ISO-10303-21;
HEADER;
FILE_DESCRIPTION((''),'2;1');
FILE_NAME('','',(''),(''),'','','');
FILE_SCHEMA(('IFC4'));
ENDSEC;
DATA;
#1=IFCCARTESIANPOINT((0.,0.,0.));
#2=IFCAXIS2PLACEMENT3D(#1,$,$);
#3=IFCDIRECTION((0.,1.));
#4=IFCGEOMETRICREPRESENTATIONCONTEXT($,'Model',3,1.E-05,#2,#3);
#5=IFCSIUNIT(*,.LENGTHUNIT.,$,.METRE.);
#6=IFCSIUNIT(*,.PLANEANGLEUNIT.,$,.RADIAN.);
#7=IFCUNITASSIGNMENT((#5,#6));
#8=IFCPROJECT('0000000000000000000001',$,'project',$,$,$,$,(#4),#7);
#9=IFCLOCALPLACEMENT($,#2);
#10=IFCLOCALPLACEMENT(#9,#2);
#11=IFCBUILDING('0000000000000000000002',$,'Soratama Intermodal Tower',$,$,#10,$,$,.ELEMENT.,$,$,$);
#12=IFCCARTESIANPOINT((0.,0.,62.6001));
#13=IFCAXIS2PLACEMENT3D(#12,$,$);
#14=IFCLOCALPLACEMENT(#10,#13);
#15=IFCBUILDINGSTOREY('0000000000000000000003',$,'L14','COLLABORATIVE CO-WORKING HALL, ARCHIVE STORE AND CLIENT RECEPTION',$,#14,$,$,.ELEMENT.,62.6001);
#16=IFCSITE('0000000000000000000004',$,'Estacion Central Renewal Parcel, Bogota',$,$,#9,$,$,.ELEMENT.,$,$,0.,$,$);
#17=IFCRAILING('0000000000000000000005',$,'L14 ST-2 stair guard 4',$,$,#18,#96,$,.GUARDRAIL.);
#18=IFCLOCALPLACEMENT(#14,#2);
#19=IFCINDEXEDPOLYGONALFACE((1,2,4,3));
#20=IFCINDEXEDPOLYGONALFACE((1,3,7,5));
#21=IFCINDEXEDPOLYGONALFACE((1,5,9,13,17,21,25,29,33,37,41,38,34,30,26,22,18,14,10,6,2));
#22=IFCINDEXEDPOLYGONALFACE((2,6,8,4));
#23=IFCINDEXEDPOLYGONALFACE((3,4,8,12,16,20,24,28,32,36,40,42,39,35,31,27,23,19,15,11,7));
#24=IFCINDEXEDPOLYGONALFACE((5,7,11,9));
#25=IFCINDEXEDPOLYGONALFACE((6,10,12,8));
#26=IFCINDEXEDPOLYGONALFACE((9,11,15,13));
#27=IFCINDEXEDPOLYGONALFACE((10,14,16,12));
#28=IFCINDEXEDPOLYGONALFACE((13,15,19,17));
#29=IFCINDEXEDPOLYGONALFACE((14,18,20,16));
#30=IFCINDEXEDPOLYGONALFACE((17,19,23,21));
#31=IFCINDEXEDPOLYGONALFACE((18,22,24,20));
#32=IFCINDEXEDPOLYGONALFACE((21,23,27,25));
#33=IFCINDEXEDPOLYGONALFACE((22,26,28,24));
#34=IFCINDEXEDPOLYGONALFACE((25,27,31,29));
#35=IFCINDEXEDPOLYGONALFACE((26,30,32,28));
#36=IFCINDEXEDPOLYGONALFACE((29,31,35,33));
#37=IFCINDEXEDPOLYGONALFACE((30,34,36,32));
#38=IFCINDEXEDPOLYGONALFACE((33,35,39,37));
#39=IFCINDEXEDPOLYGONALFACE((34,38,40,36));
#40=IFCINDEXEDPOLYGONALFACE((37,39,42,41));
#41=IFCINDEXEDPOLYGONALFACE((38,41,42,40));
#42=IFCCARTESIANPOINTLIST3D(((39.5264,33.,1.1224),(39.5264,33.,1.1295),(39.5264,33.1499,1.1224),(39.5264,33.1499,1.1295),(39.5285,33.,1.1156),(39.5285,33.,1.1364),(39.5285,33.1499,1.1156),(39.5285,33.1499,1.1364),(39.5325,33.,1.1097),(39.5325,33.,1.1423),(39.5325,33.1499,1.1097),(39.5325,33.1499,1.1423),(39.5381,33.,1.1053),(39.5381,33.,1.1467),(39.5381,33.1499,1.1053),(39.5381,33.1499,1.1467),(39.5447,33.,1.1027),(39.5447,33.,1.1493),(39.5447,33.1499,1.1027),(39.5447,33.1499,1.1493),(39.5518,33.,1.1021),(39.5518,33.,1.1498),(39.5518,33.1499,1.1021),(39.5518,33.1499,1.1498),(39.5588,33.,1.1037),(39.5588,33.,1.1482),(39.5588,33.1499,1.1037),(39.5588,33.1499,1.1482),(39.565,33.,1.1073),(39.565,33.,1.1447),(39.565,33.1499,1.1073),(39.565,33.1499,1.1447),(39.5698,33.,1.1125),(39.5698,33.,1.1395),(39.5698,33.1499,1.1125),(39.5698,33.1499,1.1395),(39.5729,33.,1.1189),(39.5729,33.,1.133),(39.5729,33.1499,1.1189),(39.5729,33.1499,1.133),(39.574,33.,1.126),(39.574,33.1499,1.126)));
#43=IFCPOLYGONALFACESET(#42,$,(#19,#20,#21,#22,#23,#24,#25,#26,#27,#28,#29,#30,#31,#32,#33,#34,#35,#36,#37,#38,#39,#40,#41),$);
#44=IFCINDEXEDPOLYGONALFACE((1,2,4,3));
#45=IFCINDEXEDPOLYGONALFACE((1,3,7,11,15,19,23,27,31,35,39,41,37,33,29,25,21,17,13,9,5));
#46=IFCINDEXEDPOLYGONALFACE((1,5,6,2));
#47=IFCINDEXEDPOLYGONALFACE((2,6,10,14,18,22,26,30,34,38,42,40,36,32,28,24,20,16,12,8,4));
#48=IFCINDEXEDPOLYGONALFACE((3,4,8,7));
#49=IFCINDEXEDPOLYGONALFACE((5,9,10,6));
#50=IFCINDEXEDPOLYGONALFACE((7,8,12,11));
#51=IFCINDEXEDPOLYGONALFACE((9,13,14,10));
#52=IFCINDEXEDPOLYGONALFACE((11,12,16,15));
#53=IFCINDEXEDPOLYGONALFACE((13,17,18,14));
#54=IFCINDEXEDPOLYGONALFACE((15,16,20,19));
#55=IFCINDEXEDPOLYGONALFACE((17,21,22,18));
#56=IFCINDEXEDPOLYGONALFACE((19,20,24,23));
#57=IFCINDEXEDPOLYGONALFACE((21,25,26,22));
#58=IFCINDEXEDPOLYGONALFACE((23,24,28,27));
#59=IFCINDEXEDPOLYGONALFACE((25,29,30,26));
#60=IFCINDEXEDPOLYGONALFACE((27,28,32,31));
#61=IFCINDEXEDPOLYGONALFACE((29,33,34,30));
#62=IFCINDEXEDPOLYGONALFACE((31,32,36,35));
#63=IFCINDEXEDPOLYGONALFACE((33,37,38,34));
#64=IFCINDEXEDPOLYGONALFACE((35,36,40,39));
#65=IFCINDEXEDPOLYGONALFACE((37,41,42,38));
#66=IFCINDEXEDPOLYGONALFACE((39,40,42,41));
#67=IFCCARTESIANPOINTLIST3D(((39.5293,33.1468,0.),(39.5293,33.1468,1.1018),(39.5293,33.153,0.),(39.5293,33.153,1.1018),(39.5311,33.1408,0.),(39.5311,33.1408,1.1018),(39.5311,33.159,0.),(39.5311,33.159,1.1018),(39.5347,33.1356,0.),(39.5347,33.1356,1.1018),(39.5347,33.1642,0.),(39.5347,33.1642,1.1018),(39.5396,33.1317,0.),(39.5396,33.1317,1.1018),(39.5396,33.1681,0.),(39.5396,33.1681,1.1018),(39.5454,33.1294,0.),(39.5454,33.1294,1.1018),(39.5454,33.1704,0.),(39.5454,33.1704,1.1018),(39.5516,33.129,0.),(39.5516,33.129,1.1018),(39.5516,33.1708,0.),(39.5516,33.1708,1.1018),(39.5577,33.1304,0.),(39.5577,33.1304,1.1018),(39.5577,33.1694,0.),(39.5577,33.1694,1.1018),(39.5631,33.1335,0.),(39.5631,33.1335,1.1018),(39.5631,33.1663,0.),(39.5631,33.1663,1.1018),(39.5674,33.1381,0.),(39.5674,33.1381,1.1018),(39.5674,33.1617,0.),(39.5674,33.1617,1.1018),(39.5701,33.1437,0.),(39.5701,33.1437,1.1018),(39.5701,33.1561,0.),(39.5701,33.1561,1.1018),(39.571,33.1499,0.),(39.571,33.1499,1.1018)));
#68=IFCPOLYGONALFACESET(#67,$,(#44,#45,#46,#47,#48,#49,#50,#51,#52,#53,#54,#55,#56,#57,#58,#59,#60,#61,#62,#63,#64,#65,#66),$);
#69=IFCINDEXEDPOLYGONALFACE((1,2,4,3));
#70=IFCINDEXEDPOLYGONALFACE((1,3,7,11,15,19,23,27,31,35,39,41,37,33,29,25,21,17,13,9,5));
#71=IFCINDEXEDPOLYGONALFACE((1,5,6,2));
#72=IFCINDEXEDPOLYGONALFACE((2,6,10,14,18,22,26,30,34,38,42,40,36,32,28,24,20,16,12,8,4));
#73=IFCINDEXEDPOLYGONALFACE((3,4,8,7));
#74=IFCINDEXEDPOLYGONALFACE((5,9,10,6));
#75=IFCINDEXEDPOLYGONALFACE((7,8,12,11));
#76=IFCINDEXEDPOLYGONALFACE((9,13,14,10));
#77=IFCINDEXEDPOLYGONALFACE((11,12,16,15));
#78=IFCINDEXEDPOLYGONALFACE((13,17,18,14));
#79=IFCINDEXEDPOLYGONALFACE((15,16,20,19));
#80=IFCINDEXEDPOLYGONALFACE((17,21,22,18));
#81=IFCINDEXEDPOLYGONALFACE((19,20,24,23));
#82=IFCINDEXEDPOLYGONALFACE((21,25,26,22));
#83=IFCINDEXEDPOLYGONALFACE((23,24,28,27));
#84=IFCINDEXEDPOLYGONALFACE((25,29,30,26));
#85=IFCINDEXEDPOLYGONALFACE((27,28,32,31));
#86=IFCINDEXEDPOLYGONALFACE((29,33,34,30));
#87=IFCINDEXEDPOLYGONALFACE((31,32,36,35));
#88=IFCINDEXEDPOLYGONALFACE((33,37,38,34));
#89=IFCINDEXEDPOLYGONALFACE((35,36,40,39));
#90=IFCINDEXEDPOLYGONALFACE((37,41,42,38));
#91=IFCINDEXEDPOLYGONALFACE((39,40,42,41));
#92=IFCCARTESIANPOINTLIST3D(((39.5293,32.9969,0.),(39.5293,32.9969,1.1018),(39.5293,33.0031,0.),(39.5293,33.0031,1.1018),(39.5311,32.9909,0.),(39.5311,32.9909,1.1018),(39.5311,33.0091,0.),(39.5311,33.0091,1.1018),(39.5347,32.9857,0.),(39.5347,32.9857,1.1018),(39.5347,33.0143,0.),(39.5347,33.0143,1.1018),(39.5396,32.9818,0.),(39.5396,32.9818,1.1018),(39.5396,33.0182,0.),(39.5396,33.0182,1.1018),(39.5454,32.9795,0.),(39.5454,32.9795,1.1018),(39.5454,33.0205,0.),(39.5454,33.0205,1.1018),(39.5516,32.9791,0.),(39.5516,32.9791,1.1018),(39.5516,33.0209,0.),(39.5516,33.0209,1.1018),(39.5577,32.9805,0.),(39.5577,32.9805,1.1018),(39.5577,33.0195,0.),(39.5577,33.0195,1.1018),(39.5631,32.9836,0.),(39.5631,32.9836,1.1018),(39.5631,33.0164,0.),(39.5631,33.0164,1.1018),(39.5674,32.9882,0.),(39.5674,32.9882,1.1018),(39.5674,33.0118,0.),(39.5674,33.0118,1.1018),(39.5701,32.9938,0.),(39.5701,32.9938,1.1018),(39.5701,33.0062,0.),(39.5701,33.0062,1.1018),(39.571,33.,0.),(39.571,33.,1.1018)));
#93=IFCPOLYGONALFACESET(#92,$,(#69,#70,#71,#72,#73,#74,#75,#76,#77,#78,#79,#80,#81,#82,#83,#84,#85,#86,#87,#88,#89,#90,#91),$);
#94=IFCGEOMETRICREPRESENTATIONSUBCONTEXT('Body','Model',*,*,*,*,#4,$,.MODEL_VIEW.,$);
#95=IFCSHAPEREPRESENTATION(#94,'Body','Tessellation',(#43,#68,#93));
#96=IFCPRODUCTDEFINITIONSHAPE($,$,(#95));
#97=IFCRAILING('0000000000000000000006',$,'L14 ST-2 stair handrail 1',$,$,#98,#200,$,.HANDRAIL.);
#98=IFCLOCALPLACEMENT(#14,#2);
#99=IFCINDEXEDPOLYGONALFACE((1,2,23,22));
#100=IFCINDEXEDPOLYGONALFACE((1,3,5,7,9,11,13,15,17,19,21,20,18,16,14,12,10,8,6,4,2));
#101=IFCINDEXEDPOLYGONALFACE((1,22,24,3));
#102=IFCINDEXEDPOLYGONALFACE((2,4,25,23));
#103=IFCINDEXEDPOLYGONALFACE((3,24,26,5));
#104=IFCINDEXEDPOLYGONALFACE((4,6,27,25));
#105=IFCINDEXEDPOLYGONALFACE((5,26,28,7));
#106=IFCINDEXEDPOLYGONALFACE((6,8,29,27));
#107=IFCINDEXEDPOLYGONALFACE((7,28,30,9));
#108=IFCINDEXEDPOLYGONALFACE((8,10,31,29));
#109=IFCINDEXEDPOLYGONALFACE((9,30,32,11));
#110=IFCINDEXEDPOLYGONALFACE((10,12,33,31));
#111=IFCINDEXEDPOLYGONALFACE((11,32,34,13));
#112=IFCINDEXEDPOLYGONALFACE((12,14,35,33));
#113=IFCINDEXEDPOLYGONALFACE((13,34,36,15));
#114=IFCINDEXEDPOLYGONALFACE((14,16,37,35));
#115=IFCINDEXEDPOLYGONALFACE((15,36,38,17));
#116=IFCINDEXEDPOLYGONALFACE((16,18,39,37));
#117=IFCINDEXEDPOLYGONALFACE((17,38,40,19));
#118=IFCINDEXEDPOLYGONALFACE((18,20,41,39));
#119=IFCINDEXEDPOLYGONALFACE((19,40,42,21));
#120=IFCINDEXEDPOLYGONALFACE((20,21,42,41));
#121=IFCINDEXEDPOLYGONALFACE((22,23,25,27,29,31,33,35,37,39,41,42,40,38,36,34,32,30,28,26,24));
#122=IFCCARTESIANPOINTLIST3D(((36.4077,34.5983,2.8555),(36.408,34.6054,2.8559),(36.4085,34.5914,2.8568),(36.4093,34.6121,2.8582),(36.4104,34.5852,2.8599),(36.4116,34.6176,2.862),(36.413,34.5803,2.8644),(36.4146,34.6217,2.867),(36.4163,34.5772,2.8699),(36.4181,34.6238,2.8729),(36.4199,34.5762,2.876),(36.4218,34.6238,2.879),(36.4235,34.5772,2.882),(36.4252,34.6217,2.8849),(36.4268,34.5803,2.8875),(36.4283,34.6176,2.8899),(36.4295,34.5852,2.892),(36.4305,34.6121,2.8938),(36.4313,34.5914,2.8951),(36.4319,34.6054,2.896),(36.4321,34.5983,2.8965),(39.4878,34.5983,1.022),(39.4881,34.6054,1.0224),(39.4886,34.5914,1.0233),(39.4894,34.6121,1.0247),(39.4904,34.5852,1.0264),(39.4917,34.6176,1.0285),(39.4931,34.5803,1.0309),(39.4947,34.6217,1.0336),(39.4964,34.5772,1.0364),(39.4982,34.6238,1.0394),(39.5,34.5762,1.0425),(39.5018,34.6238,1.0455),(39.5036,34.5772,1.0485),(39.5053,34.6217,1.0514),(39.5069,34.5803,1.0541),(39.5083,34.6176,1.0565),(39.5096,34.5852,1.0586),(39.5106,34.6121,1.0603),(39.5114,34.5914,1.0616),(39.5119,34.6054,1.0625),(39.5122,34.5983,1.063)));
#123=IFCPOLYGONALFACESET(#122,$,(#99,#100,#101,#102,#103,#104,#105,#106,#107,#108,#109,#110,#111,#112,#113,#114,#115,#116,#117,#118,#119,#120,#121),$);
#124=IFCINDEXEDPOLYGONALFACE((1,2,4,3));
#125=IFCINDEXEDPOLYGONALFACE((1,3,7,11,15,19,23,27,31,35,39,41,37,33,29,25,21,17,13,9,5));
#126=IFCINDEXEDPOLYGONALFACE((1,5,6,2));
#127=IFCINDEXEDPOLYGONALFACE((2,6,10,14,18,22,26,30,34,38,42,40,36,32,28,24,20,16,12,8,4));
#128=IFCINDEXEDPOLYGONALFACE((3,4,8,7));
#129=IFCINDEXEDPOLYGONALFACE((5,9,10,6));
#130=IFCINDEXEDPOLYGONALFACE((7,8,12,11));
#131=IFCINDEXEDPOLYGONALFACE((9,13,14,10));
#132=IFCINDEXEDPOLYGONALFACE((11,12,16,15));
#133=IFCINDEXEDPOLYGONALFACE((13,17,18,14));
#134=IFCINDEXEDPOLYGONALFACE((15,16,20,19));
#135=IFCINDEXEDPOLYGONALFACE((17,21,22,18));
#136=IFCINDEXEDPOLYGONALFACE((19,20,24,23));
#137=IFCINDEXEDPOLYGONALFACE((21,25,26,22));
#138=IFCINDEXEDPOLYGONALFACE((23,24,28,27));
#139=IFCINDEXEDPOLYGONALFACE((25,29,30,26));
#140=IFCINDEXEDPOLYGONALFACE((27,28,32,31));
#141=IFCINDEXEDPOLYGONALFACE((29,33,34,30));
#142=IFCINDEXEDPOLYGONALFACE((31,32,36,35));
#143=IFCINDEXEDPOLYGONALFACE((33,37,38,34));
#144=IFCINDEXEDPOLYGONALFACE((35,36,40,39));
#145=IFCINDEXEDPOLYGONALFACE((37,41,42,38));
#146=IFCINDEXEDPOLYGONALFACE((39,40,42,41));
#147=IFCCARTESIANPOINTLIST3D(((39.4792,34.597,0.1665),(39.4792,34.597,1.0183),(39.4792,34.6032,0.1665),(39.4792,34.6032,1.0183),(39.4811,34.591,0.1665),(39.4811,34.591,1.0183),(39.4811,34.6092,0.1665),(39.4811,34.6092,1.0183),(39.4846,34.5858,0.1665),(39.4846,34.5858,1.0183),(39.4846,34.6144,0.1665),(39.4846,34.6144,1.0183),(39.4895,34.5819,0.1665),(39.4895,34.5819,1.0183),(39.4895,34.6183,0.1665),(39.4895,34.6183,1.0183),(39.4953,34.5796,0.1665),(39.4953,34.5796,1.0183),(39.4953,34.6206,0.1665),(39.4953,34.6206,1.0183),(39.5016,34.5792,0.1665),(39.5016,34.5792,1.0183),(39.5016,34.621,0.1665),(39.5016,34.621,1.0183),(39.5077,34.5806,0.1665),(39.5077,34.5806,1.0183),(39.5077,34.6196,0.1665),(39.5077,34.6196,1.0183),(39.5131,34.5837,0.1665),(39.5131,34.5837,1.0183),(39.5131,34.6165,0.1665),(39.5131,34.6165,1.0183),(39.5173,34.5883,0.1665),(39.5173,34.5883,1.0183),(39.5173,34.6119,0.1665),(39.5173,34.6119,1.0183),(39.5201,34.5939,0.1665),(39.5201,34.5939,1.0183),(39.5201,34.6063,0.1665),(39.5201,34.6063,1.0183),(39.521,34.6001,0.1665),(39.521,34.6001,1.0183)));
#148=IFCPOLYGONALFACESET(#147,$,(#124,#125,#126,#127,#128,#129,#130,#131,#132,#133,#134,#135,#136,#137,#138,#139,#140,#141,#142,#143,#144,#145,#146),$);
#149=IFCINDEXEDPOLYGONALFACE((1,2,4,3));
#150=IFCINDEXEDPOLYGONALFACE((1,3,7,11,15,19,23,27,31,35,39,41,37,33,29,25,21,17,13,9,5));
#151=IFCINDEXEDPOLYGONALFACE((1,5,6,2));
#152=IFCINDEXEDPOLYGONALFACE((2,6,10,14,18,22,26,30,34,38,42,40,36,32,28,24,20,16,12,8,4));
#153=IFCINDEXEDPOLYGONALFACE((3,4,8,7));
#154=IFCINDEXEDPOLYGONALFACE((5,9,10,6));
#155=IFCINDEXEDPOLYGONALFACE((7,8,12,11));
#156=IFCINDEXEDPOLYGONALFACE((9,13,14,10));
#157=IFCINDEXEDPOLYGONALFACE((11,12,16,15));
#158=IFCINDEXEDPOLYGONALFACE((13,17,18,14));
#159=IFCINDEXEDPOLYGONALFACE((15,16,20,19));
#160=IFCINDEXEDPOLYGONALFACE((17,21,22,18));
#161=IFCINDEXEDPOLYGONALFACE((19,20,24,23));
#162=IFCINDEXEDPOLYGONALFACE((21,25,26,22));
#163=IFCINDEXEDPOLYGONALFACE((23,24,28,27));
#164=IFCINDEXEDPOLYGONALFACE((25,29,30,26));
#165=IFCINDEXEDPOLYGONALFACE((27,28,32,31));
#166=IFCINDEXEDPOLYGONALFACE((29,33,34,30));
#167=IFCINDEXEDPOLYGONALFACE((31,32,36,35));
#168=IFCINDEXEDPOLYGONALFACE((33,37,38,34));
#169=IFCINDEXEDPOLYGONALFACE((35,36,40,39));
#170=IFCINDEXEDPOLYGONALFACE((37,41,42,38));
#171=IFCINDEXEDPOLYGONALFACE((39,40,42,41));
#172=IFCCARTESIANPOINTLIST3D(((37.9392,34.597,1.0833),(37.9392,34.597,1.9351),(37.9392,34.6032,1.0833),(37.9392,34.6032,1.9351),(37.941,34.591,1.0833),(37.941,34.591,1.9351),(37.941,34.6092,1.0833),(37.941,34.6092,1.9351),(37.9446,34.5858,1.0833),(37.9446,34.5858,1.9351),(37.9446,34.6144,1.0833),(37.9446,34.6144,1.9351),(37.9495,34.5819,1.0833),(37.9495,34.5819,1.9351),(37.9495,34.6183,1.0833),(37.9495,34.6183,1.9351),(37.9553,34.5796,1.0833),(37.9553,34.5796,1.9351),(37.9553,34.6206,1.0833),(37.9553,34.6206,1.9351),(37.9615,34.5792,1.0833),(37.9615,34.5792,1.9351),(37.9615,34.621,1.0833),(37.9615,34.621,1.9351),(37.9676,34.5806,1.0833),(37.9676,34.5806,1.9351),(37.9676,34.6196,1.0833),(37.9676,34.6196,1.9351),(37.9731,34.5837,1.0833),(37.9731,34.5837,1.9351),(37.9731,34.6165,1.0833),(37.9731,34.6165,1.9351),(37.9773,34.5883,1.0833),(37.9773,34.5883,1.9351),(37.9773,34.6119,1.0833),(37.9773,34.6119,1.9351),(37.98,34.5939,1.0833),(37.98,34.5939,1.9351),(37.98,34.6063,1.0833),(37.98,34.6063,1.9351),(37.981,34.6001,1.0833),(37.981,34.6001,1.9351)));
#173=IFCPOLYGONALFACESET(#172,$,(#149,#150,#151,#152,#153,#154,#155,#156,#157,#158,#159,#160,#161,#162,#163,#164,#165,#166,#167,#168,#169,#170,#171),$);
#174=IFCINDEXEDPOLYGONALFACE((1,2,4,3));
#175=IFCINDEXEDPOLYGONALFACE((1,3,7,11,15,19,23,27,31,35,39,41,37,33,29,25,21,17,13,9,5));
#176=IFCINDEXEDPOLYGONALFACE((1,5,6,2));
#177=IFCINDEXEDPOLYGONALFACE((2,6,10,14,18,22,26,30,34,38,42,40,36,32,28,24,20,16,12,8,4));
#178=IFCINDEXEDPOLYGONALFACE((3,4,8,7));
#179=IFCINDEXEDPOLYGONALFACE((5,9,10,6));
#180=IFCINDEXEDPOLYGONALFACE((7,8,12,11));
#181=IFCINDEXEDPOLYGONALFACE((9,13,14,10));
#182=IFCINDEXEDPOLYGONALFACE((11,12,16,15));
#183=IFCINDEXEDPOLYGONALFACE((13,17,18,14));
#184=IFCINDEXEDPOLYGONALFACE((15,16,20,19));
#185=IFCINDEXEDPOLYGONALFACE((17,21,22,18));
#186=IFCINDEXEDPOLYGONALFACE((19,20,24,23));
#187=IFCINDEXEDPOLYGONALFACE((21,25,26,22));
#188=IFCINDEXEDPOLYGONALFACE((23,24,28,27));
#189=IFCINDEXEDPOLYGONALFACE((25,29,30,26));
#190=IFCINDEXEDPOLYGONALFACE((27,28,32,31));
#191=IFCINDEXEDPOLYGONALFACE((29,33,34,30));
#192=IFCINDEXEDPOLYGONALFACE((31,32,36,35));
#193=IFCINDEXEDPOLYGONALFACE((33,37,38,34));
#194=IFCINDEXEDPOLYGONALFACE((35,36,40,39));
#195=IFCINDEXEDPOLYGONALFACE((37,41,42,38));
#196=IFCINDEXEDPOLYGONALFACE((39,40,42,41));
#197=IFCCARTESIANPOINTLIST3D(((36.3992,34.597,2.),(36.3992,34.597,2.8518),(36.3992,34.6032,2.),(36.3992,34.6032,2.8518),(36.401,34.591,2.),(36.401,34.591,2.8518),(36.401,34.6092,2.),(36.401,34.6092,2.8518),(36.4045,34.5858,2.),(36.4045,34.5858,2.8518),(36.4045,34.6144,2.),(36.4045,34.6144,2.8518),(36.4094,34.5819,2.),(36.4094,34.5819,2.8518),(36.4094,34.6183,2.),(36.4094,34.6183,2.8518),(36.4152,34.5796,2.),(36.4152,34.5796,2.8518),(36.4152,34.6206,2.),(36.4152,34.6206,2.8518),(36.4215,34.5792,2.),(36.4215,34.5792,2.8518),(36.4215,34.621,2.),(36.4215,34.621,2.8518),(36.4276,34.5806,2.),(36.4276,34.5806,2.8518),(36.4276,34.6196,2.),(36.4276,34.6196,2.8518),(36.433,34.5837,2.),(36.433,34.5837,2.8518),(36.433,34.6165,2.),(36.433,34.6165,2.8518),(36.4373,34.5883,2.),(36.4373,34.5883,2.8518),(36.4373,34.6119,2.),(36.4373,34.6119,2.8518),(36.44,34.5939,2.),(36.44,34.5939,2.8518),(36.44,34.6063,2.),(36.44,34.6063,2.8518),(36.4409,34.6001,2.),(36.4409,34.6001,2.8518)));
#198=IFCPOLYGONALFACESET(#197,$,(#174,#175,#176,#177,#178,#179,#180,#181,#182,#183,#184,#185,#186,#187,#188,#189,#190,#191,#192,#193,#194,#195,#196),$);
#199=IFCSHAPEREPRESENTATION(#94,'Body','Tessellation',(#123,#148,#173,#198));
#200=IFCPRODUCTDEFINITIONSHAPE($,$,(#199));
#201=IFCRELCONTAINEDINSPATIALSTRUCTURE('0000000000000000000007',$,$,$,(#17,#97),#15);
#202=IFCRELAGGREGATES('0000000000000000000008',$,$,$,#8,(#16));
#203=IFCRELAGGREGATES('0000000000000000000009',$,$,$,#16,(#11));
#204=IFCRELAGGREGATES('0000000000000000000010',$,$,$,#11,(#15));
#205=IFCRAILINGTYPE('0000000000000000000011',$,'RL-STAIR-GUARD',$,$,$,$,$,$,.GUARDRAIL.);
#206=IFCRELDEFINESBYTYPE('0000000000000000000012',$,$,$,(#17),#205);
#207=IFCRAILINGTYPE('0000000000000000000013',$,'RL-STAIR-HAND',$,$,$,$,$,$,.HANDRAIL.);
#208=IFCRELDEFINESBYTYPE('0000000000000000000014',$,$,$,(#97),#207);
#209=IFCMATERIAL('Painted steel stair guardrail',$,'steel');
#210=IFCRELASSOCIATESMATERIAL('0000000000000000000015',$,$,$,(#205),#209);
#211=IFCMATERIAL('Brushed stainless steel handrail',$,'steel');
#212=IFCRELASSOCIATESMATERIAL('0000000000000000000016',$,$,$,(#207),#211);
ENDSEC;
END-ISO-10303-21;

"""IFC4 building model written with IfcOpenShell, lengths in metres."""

from ifc_helpers import new_model, si_unit, direction, frame, origin, origin_2d, place, context, subcontext, project, spatial, circle, extrude, material, type_object, element, save


model = new_model("IFC4")

# Units and contexts
model_context = context("Model", 3, precision=1e-05, world=origin(), true_north=direction((0.0, 1.0)))
body_context = subcontext(model_context, "Body", "Model", "MODEL_VIEW")
ifc_project = project(units=[si_unit("LENGTHUNIT", "METRE"), si_unit("PLANEANGLEUNIT", "RADIAN")], contexts=[model_context])

# Site, building, storey
site_placement = place(None, origin())
site = spatial("IfcSite", under=ifc_project, at=site_placement, Name="Estacion Central Renewal Parcel, Bogota", CompositionType="ELEMENT", RefElevation=0.0)
building_placement = place(site_placement, origin())
building = spatial("IfcBuilding", under=site, at=building_placement, Name="Soratama Intermodal Tower", CompositionType="ELEMENT")
storey_placement = place(building_placement, frame((0.0, 0.0, 62.6001)))
storey = spatial("IfcBuildingStorey", under=building, at=storey_placement, Name="L14", Description="COLLABORATIVE CO-WORKING HALL, ARCHIVE STORE AND CLIENT RECEPTION", CompositionType="ELEMENT", Elevation=62.6001)

# Railings
ifc_material_1 = material(Name="Painted steel stair guardrail", Category="steel")
railing_type_1 = type_object("IfcRailingType", Name="RL-STAIR-GUARD", PredefinedType="GUARDRAIL", material=ifc_material_1)
railing_1_placement = place(storey_placement, frame((39.55, 33.1499, 0.0)))
element("IfcRailing", 1, at=railing_1_placement, inside=storey, type_object=railing_type_1, Name="L14 ST-2 stair guard 4", PredefinedType="GUARDRAIL", context=body_context, shape_type="SweptSolid", body=[
    extrude(circle(Radius=0.0239, at=origin_2d()), frame((0.0, 0.0, 1.126), z_axis=(0.0, -1.0, 0.0), x_axis=(1.0, 0.0, 0.0)), (0.0, 0.0, 1.0), 0.1499),
    extrude(circle(Radius=0.021, at=origin_2d()), origin(), (0.0, 0.0, 1.0), 1.1018),
    extrude(circle(Radius=0.021, at=origin_2d()), frame((0.0, -0.1499, 0.0)), (0.0, 0.0, 1.0), 1.1018),
])
ifc_material_2 = material(Name="Brushed stainless steel handrail", Category="steel")
railing_type_2 = type_object("IfcRailingType", Name="RL-STAIR-HAND", PredefinedType="HANDRAIL", material=ifc_material_2)
railing_2_placement = place(storey_placement, frame((39.5, 34.6001, 0.1665)))
element("IfcRailing", 2, at=railing_2_placement, inside=storey, type_object=railing_type_2, Name="L14 ST-2 stair handrail 1", PredefinedType="HANDRAIL", context=body_context, shape_type="SweptSolid", body=[
    extrude(circle(Radius=0.0239, at=origin_2d()), frame((0.0, 0.0, 0.876), z_axis=(-0.859279, 0.0, 0.511508), x_axis=(0.0, -1.0, 0.0)), (0.0, 0.0, 1.0), 3.5845),
    extrude(circle(Radius=0.021, at=origin_2d()), origin(), (0.0, 0.0, 1.0), 0.8518),
    extrude(circle(Radius=0.021, at=origin_2d()), frame((-1.54, 0.0, 0.9167)), (0.0, 0.0, 1.0), 0.8518),
    extrude(circle(Radius=0.021, at=origin_2d()), frame((-3.0801, 0.0, 1.8335)), (0.0, 0.0, 1.0), 0.8518),
])

save(model, "model.ifc")
